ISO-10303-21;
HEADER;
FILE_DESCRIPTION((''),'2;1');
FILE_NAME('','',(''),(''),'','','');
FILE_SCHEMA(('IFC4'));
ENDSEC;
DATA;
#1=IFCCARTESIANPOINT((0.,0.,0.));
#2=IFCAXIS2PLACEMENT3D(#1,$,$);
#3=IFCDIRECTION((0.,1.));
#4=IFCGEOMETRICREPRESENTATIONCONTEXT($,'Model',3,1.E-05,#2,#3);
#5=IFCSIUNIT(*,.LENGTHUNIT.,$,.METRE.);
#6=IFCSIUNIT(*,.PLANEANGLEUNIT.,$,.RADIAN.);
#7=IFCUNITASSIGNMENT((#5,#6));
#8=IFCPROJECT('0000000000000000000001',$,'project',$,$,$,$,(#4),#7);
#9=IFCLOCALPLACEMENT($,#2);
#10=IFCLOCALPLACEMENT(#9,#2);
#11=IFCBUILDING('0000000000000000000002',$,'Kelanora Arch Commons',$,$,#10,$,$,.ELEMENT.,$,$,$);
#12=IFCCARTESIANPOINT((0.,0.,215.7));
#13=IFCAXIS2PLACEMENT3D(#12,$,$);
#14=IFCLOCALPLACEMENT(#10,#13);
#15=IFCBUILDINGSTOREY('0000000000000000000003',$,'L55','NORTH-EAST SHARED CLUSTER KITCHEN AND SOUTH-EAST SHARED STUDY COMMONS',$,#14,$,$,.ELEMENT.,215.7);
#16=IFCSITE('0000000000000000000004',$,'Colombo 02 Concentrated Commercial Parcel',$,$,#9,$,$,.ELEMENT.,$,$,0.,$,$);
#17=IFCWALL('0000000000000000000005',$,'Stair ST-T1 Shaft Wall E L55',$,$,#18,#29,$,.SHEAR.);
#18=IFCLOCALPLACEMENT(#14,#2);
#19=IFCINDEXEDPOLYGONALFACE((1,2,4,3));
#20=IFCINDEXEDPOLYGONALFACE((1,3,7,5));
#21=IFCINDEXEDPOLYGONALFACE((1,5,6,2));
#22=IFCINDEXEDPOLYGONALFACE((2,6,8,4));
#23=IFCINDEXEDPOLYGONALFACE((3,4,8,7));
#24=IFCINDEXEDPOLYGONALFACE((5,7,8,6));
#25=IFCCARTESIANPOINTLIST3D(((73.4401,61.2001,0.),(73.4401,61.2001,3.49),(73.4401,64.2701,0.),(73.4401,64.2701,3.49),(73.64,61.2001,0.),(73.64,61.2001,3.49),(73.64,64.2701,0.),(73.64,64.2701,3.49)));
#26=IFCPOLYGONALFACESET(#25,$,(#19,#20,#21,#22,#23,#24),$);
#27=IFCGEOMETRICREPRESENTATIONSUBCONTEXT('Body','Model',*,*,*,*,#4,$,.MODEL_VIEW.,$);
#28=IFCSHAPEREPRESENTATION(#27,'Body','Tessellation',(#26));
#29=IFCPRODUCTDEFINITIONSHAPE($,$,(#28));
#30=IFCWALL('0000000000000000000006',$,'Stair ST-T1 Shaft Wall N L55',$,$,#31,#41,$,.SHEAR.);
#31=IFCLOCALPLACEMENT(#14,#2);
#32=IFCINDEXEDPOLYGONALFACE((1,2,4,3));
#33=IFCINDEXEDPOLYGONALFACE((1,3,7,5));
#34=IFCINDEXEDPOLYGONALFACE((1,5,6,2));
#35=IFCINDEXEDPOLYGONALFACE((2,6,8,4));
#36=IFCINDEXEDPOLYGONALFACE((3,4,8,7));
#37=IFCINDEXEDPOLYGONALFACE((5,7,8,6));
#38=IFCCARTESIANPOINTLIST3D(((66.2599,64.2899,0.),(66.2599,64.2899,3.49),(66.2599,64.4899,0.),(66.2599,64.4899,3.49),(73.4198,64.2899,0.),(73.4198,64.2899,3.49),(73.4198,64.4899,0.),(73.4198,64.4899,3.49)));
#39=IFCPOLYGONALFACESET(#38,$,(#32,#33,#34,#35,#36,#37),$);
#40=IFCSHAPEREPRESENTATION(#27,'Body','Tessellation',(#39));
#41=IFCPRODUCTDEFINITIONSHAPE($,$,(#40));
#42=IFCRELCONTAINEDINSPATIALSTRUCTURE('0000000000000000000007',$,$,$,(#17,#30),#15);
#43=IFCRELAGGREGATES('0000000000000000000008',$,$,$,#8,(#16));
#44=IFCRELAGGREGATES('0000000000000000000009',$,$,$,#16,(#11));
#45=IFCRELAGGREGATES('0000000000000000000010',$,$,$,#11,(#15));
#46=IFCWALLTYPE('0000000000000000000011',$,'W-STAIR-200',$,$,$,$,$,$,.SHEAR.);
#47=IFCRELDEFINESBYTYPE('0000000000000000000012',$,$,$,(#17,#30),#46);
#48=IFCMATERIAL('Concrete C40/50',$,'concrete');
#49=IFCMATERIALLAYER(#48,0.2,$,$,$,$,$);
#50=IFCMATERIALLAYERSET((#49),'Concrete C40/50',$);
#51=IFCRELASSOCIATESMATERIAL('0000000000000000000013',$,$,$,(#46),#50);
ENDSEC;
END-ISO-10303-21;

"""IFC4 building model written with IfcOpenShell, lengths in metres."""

from ifc_helpers import new_model, si_unit, direction, frame, frame_2d, origin, place, context, subcontext, project, spatial, rectangle, extrude, material, layer, layer_set, type_object, element, save


model = new_model("IFC4")

# Units and contexts
model_context = context("Model", 3, precision=1e-05, world=origin(), true_north=direction((0.0, 1.0)))
body_context = subcontext(model_context, "Body", "Model", "MODEL_VIEW")
ifc_project = project(units=[si_unit("LENGTHUNIT", "METRE"), si_unit("PLANEANGLEUNIT", "RADIAN")], contexts=[model_context])

# Site, building, storey
site_placement = place(None, origin())
site = spatial("IfcSite", under=ifc_project, at=site_placement, Name="Colombo 02 Concentrated Commercial Parcel", CompositionType="ELEMENT", RefElevation=0.0)
building_placement = place(site_placement, origin())
building = spatial("IfcBuilding", under=site, at=building_placement, Name="Kelanora Arch Commons", CompositionType="ELEMENT")
storey_placement = place(building_placement, frame((0.0, 0.0, 215.7)))
storey = spatial("IfcBuildingStorey", under=building, at=storey_placement, Name="L55", Description="NORTH-EAST SHARED CLUSTER KITCHEN AND SOUTH-EAST SHARED STUDY COMMONS", CompositionType="ELEMENT", Elevation=215.7)

# Shared definitions
ifc_material_1 = material(Name="Concrete C40/50", Category="concrete")

# Walls
ifc_layer_1 = layer(ifc_material_1, 0.2)
ifc_layer_set_1 = layer_set([ifc_layer_1], Name="Concrete C40/50")
wall_type_1 = type_object("IfcWallType", Name="W-STAIR-200", PredefinedType="SHEAR", material=ifc_layer_set_1)
wall_1_placement = place(storey_placement, frame((73.54, 61.2, 0.0), z_axis=(0.0, 0.0, 1.0), x_axis=(0.0, 1.0, 0.0)))
element("IfcWall", 1, at=wall_1_placement, inside=storey, type_object=wall_type_1, Name="Stair ST-T1 Shaft Wall E L55", PredefinedType="SHEAR", context=body_context, shape_type="SweptSolid", body=[
    extrude(rectangle(XDim=3.0701, YDim=0.2, at=frame_2d((1.5352, 0.0))), origin(), (0.0, 0.0, 1.0), 3.49),
])
wall_2_placement = place(storey_placement, frame((73.4199, 64.3899, 0.0), z_axis=(0.0, 0.0, 1.0), x_axis=(-1.0, 0.0, 0.0)))
element("IfcWall", 2, at=wall_2_placement, inside=storey, type_object=wall_type_1, Name="Stair ST-T1 Shaft Wall N L55", PredefinedType="SHEAR", context=body_context, shape_type="SweptSolid", body=[
    extrude(rectangle(XDim=7.1599, YDim=0.2, at=frame_2d((3.5801, 0.0))), origin(), (0.0, 0.0, 1.0), 3.49),
])

save(model, "model.ifc")
